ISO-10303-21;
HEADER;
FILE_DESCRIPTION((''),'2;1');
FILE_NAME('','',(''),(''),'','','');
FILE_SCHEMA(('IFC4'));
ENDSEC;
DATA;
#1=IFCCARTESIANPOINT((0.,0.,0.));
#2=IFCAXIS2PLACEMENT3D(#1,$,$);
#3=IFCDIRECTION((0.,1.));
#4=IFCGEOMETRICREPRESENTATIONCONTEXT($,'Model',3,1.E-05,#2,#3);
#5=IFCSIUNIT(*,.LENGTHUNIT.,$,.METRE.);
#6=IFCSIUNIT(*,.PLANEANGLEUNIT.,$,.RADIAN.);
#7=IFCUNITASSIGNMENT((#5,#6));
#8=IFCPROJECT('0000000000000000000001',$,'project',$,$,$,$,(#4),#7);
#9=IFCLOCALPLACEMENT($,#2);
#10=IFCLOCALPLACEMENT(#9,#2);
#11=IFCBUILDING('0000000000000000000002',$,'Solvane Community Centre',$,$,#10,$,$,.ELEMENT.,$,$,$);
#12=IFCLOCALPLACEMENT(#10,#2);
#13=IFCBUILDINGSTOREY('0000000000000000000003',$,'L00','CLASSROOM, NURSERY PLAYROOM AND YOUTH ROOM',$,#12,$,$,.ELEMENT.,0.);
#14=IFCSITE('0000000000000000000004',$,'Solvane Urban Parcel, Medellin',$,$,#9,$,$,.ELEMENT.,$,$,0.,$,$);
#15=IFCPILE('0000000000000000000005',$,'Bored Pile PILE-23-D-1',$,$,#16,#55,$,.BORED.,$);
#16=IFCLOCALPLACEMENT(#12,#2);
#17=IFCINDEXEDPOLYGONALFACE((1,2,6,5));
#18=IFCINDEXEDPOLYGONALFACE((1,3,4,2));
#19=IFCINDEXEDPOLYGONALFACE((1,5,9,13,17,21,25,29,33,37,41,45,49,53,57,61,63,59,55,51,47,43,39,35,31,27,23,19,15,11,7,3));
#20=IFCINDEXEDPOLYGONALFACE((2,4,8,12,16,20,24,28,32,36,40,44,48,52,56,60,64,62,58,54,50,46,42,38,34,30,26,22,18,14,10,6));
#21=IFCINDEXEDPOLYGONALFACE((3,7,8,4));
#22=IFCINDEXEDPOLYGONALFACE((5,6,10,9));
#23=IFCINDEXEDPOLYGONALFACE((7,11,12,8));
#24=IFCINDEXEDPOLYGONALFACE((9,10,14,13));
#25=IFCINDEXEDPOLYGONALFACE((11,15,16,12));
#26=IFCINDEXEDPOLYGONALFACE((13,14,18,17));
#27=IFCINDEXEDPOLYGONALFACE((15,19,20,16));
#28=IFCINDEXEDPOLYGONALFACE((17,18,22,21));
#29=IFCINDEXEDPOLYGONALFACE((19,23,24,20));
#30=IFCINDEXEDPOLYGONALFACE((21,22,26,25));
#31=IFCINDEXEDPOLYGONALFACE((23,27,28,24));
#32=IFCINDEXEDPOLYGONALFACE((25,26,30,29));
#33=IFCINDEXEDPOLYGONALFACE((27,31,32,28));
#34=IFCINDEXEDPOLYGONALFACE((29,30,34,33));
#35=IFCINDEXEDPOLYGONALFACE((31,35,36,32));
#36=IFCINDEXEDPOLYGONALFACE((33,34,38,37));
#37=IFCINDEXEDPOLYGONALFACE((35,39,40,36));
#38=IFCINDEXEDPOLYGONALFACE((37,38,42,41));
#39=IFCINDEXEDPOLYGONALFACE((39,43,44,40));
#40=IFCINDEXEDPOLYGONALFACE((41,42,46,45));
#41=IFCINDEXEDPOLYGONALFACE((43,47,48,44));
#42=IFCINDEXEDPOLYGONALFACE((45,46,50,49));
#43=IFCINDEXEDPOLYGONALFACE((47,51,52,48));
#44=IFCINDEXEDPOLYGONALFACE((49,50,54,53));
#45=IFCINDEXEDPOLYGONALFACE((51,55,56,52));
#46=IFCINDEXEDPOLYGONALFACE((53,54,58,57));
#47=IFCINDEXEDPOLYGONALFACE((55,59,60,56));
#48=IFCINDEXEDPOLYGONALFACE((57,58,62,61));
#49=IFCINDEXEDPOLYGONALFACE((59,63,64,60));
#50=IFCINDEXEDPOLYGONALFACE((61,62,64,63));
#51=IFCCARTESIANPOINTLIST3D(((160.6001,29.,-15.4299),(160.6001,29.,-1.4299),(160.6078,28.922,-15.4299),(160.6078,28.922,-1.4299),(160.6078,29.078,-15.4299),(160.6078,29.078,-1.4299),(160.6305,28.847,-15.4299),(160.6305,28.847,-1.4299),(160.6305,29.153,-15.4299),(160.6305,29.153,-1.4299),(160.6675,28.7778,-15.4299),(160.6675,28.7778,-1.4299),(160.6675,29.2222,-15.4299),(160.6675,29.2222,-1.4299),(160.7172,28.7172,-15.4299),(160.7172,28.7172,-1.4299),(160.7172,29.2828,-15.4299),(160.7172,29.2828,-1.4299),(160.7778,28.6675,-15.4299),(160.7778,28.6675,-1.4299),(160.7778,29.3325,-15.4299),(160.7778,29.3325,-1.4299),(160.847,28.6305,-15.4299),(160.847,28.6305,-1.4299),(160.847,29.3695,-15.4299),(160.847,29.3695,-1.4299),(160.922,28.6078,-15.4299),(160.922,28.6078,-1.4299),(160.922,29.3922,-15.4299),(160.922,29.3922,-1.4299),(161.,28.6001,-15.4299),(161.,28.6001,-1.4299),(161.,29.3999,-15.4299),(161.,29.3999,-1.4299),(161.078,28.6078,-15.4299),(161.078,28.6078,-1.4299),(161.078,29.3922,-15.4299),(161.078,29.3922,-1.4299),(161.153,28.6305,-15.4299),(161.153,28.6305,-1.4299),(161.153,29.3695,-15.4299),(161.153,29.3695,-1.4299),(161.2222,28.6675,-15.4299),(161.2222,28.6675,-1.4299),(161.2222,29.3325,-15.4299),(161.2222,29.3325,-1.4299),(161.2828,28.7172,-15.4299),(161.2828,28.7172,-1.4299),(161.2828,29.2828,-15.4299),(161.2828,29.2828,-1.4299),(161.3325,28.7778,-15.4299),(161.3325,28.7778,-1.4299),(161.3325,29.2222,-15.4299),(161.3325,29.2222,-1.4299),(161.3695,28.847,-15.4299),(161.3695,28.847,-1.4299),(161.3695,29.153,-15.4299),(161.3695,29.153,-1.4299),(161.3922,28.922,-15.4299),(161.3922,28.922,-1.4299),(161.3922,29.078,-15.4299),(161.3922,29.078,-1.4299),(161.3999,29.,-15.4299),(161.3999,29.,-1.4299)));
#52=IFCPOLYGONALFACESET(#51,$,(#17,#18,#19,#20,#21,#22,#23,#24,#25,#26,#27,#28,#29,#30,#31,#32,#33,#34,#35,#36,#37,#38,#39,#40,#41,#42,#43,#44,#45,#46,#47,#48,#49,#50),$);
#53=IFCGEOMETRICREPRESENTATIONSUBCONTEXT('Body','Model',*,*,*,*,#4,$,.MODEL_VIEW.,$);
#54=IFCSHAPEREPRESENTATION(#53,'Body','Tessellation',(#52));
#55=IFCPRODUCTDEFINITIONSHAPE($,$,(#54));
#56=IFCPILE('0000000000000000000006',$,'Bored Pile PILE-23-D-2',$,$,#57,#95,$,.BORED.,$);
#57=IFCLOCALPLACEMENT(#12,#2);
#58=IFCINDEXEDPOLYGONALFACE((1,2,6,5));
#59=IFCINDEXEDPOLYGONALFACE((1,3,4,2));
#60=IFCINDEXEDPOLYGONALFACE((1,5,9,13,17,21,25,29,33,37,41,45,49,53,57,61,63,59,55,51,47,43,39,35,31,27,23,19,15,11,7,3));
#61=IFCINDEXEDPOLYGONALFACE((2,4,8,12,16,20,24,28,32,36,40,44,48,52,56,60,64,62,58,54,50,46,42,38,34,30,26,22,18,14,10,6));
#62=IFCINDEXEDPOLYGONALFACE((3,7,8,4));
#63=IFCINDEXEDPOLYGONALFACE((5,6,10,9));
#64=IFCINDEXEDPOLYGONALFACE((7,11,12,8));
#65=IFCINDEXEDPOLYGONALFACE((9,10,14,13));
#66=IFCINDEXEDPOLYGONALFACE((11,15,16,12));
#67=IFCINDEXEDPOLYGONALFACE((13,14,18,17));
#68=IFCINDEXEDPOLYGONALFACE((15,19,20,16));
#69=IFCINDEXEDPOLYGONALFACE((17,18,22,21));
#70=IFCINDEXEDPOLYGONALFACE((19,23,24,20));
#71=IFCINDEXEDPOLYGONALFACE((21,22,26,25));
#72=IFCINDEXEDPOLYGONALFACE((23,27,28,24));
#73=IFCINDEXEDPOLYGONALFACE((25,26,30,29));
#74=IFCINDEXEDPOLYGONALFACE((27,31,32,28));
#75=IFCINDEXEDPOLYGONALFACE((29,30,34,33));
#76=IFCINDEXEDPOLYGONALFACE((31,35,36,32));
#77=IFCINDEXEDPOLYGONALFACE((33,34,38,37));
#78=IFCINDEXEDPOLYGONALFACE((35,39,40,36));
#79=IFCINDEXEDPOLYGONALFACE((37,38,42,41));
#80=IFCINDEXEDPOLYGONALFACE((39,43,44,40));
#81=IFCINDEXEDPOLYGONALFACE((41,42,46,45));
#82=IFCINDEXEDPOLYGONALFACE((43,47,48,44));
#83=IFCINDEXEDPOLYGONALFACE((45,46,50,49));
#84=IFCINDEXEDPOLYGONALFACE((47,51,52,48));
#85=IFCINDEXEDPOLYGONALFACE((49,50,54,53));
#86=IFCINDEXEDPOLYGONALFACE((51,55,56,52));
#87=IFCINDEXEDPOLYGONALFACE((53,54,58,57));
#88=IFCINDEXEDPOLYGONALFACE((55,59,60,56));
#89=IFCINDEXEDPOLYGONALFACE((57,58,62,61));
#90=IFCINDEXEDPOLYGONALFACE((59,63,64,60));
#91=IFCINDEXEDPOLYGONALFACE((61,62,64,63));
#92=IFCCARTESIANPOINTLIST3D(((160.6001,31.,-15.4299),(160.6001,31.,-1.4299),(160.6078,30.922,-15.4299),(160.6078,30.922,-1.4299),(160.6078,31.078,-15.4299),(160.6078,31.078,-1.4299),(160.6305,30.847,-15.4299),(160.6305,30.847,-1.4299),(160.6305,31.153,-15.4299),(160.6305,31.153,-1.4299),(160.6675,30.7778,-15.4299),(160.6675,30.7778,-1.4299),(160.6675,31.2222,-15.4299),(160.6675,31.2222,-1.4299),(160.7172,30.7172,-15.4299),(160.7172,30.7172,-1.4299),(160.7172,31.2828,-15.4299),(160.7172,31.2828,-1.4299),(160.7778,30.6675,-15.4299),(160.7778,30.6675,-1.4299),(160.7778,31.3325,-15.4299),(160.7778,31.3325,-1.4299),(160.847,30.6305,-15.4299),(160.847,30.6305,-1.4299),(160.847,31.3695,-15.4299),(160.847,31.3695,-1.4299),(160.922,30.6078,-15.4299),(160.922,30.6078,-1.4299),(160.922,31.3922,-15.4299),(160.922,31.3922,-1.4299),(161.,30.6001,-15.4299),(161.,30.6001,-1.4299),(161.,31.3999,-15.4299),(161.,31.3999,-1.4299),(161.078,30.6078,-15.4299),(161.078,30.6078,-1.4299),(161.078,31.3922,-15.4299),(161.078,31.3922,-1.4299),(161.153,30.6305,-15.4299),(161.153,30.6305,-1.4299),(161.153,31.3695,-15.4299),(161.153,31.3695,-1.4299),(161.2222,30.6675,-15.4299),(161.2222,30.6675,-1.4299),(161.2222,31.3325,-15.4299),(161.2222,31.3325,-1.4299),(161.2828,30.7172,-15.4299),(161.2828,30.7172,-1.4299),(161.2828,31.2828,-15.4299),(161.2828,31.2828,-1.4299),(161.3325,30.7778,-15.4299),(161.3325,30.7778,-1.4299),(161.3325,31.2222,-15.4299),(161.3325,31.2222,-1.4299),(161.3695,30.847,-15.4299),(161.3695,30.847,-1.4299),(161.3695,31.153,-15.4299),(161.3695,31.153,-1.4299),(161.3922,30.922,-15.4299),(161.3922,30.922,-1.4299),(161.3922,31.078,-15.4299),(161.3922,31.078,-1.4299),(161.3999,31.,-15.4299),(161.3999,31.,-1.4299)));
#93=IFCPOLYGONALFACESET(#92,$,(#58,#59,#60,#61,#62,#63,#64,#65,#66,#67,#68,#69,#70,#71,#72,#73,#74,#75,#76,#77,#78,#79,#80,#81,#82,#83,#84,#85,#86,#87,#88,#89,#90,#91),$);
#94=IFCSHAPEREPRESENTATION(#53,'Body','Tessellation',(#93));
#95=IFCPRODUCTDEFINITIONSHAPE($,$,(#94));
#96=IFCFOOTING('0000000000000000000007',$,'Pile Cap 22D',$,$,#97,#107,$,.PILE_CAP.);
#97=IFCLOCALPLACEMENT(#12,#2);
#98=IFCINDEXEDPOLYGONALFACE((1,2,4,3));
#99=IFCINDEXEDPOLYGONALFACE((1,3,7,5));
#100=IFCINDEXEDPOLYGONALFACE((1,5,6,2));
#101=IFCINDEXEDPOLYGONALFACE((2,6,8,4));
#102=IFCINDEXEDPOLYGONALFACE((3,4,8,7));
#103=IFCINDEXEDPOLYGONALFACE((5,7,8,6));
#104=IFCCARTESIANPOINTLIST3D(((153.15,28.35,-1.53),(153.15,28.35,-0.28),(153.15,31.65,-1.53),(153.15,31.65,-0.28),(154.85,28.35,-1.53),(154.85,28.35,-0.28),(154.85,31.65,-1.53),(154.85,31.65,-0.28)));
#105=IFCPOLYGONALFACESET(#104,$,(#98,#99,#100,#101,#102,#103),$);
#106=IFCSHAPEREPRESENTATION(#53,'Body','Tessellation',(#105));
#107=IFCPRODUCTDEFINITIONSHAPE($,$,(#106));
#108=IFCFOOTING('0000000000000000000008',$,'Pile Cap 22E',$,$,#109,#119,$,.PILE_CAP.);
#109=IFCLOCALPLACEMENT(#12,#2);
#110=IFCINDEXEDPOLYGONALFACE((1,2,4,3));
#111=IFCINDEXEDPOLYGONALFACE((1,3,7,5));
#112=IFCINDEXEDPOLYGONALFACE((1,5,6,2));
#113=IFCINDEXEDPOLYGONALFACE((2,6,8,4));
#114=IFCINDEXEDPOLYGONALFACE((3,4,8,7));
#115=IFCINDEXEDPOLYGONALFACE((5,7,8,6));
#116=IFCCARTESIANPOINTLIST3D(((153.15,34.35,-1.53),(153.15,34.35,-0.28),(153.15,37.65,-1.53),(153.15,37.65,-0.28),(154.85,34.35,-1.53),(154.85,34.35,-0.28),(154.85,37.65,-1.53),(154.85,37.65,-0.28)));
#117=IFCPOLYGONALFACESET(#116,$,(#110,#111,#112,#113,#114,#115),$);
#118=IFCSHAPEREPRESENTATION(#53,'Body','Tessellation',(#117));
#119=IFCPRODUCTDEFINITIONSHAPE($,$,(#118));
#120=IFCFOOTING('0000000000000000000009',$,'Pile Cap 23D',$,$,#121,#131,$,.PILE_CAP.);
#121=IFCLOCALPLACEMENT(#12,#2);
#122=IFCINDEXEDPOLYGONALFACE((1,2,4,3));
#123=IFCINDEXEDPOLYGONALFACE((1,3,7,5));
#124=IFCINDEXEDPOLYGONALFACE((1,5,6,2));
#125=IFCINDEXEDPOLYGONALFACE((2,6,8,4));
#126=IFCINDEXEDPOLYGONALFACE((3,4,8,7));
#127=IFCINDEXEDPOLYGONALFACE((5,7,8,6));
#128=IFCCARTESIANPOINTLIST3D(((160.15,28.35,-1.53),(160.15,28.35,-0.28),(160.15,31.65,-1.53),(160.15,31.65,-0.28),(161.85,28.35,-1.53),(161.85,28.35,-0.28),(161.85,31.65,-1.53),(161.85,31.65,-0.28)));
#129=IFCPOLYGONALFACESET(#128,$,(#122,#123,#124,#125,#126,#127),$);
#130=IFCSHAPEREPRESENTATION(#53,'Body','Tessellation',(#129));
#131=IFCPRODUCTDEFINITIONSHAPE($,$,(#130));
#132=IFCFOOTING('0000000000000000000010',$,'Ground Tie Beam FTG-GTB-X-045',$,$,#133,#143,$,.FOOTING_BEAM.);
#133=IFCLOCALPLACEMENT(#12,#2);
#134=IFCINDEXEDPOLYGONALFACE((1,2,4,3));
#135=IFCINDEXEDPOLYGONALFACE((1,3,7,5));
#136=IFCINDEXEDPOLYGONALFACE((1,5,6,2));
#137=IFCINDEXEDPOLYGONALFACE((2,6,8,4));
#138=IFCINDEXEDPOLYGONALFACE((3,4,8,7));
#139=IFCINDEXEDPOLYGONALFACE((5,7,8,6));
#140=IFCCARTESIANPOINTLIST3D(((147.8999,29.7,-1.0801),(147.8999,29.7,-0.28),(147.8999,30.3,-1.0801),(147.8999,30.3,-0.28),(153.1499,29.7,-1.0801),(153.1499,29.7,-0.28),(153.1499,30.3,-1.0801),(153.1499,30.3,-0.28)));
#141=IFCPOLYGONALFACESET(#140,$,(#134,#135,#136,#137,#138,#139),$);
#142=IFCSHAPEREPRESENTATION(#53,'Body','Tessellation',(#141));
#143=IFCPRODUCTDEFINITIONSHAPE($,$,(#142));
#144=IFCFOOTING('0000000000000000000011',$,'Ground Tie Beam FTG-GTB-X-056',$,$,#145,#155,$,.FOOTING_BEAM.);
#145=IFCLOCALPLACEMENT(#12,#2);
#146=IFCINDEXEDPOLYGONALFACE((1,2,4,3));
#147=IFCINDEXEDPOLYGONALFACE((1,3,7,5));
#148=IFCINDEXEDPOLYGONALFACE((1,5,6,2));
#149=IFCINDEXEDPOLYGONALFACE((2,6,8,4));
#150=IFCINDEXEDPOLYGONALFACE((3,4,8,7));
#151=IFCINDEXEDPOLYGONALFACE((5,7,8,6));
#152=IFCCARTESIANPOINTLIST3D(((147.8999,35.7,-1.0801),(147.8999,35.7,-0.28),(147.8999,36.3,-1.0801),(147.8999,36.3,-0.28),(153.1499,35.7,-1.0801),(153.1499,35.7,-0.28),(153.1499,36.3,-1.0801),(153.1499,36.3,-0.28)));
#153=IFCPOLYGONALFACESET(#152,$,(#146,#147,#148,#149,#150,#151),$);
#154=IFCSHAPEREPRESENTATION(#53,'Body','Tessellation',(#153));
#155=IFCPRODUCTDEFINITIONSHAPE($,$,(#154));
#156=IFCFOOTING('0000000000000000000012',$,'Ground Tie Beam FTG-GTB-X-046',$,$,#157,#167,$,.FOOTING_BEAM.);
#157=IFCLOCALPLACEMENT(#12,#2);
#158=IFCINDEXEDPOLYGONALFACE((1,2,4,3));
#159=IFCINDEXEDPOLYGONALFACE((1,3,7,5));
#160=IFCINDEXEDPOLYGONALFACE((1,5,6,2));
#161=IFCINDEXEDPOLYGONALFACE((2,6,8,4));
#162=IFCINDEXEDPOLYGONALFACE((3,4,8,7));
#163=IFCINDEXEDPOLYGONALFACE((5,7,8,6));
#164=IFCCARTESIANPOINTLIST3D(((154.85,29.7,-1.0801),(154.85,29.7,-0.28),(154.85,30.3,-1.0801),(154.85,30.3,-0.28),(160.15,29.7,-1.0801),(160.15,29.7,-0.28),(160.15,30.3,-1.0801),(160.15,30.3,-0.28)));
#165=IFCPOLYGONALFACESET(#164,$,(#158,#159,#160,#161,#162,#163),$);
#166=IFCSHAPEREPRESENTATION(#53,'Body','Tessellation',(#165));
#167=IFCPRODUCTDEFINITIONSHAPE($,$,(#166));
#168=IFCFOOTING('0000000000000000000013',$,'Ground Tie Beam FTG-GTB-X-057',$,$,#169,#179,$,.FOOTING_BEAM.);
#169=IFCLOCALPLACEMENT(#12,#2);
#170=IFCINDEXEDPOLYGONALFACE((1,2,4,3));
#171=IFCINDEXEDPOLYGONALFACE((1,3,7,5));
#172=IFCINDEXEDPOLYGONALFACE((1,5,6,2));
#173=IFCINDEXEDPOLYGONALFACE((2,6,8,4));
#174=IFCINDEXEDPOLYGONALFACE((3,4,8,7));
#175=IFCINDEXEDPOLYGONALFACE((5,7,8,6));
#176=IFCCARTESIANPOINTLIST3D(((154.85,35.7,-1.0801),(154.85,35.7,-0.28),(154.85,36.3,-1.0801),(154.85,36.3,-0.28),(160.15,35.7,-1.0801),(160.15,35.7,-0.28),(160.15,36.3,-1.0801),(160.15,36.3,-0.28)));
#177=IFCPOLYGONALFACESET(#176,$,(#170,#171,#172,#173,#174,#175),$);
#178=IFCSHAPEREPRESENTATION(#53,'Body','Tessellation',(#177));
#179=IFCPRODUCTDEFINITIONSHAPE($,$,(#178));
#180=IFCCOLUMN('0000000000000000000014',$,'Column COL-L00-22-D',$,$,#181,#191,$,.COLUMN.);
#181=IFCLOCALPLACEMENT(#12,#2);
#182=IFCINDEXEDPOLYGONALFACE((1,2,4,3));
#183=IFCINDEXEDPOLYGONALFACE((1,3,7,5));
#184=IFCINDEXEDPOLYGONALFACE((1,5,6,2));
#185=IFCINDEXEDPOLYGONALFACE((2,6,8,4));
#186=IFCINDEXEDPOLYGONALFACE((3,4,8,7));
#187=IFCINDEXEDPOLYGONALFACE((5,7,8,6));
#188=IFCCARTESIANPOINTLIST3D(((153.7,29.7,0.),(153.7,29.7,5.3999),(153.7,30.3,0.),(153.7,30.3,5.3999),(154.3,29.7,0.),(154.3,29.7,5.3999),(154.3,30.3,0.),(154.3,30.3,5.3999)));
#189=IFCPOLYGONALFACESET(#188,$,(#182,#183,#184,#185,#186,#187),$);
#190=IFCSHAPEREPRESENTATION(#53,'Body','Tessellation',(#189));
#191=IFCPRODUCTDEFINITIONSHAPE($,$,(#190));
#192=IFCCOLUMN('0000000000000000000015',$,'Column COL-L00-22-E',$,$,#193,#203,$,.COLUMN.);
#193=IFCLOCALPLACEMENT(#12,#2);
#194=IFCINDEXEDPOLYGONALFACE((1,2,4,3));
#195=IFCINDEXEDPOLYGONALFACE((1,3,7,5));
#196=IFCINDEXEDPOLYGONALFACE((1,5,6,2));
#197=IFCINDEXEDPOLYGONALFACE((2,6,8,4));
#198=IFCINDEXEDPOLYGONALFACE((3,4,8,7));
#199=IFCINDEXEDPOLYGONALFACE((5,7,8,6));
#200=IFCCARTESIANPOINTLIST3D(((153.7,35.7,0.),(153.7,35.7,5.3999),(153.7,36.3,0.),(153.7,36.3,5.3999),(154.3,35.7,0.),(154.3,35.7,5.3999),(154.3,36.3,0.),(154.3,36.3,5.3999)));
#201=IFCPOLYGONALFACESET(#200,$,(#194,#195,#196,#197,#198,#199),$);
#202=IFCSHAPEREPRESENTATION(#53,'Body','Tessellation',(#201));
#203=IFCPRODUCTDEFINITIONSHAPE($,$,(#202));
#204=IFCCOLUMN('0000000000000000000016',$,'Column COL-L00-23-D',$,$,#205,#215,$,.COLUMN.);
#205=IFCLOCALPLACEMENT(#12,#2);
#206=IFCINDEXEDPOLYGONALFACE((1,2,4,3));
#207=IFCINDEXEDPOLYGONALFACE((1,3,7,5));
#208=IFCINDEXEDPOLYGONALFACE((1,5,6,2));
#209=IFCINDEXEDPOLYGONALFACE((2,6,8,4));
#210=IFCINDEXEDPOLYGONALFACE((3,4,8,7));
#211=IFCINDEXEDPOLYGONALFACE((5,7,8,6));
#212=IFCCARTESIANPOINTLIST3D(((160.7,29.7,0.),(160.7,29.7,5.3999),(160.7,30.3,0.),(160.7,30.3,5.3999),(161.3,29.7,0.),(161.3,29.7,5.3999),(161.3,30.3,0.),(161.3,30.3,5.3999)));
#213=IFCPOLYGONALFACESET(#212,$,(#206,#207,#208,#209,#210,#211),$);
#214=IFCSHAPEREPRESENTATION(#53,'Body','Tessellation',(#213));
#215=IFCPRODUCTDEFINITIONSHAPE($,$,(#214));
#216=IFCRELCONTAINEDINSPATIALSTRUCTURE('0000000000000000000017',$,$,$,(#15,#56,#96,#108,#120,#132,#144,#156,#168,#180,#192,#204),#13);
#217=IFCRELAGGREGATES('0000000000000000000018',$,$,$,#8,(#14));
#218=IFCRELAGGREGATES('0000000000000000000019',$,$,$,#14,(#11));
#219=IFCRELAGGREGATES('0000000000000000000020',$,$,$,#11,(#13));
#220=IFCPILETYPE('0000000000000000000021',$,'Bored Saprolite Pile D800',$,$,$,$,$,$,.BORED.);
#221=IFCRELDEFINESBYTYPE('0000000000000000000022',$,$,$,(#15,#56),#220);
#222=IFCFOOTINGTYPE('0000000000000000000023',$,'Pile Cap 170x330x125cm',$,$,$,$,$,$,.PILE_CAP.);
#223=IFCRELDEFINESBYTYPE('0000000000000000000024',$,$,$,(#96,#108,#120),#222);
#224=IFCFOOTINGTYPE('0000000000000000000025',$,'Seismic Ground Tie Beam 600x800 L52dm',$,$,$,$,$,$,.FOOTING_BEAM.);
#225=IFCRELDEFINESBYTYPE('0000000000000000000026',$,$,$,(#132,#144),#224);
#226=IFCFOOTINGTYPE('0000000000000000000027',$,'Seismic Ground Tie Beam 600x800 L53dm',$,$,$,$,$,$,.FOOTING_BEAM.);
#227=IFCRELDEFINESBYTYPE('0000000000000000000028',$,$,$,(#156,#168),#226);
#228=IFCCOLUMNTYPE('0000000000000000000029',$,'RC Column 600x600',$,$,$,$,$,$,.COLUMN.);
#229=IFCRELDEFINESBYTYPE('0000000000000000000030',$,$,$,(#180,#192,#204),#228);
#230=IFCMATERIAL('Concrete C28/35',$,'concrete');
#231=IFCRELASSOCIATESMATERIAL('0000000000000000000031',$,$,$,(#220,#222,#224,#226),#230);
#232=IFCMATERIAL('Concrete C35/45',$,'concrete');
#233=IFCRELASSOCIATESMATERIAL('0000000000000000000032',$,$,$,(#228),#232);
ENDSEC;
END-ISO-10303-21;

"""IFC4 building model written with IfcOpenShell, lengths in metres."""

from ifc_helpers import new_model, si_unit, direction, frame, origin, origin_2d, place, context, subcontext, project, spatial, rectangle, circle, extrude, material, material_profile, profile_set, type_object, element, save


model = new_model("IFC4")

# Units and contexts
model_context = context("Model", 3, precision=1e-05, world=origin(), true_north=direction((0.0, 1.0)))
body_context = subcontext(model_context, "Body", "Model", "MODEL_VIEW")
ifc_project = project(units=[si_unit("LENGTHUNIT", "METRE"), si_unit("PLANEANGLEUNIT", "RADIAN")], contexts=[model_context])

# Site, building, storey
site_placement = place(None, origin())
site = spatial("IfcSite", under=ifc_project, at=site_placement, Name="Solvane Urban Parcel, Medellin", CompositionType="ELEMENT", RefElevation=0.0)
building_placement = place(site_placement, origin())
building = spatial("IfcBuilding", under=site, at=building_placement, Name="Solvane Community Centre", CompositionType="ELEMENT")
storey_placement = place(building_placement, origin())
storey = spatial("IfcBuildingStorey", under=building, at=storey_placement, Name="L00", Description="CLASSROOM, NURSERY PLAYROOM AND YOUTH ROOM", CompositionType="ELEMENT", Elevation=0.0)

# Piles
ifc_material_1 = material(Name="Concrete C28/35", Category="concrete")
ifc_material_profile_1 = material_profile(ifc_material_1, circle(Radius=0.3999, at=origin_2d()), Name="PILE D800")
ifc_profile_set_1 = profile_set([ifc_material_profile_1], Name="Concrete C28/35")
pile_type = type_object("IfcPileType", Name="Bored Saprolite Pile D800", PredefinedType="BORED", material=ifc_profile_set_1)
for number, where, z_axis, x_axis, name in (
    (1, (161.0, 29.0, -1.4299), (0.0, 0.0, -1.0), (1.0, 0.0, 0.0), "Bored Pile PILE-23-D-1"),
    (2, (161.0, 31.0, -1.4299), (0.0, 0.0, -1.0), (1.0, 0.0, 0.0), "Bored Pile PILE-23-D-2"),
):
    element("IfcPile", number, at=place(storey_placement, frame(where, z_axis=z_axis, x_axis=x_axis)), inside=storey, type_object=pile_type, Name=name, PredefinedType="BORED", context=body_context, shape_type="SweptSolid", body=[
        extrude(circle(Radius=0.3999, at=origin_2d()), origin(), (0.0, 0.0, 1.0), 14.0),
    ])

# Footings
footing_type_1 = type_object("IfcFootingType", Name="Pile Cap 170x330x125cm", PredefinedType="PILE_CAP", material=ifc_material_1)
for number, where, z_axis, x_axis, name in (
    (3, (154.0, 30.0, -1.53), (0.0, 0.0, 1.0), (1.0, 0.0, 0.0), "Pile Cap 22D"),
    (4, (154.0, 36.0, -1.53), (0.0, 0.0, 1.0), (1.0, 0.0, 0.0), "Pile Cap 22E"),
    (5, (161.0, 30.0, -1.53), (0.0, 0.0, 1.0), (1.0, 0.0, 0.0), "Pile Cap 23D"),
):
    element("IfcFooting", number, at=place(storey_placement, frame(where, z_axis=z_axis, x_axis=x_axis)), inside=storey, type_object=footing_type_1, Name=name, PredefinedType="PILE_CAP", context=body_context, shape_type="SweptSolid", body=[
        extrude(rectangle(XDim=1.7, YDim=3.3, at=origin_2d()), origin(), (0.0, 0.0, 1.0), 1.25),
    ])
footing_type_2 = type_object("IfcFootingType", Name="Seismic Ground Tie Beam 600x800 L52dm", PredefinedType="FOOTING_BEAM", material=ifc_material_1)
for number, where, z_axis, x_axis, name in (
    (6, (150.5249, 30.0, -1.0801), (0.0, 0.0, 1.0), (1.0, 0.0, 0.0), "Ground Tie Beam FTG-GTB-X-045"),
    (7, (150.5249, 36.0, -1.0801), (0.0, 0.0, 1.0), (1.0, 0.0, 0.0), "Ground Tie Beam FTG-GTB-X-056"),
):
    element("IfcFooting", number, at=place(storey_placement, frame(where, z_axis=z_axis, x_axis=x_axis)), inside=storey, type_object=footing_type_2, Name=name, PredefinedType="FOOTING_BEAM", context=body_context, shape_type="SweptSolid", body=[
        extrude(rectangle(XDim=5.25, YDim=0.6001, at=origin_2d()), origin(), (0.0, 0.0, 1.0), 0.8),
    ])
footing_type_3 = type_object("IfcFootingType", Name="Seismic Ground Tie Beam 600x800 L53dm", PredefinedType="FOOTING_BEAM", material=ifc_material_1)
for number, where, z_axis, x_axis, name in (
    (8, (157.5, 30.0, -1.0801), (0.0, 0.0, 1.0), (1.0, 0.0, 0.0), "Ground Tie Beam FTG-GTB-X-046"),
    (9, (157.5, 36.0, -1.0801), (0.0, 0.0, 1.0), (1.0, 0.0, 0.0), "Ground Tie Beam FTG-GTB-X-057"),
):
    element("IfcFooting", number, at=place(storey_placement, frame(where, z_axis=z_axis, x_axis=x_axis)), inside=storey, type_object=footing_type_3, Name=name, PredefinedType="FOOTING_BEAM", context=body_context, shape_type="SweptSolid", body=[
        extrude(rectangle(XDim=5.3, YDim=0.6001, at=origin_2d()), origin(), (0.0, 0.0, 1.0), 0.8),
    ])

# Columns
ifc_material_2 = material(Name="Concrete C35/45", Category="concrete")
ifc_material_profile_2 = material_profile(ifc_material_2, rectangle(XDim=0.6001, YDim=0.6001, at=origin_2d()), Name="RC 600x600")
ifc_profile_set_2 = profile_set([ifc_material_profile_2], Name="Concrete C35/45")
column_type = type_object("IfcColumnType", Name="RC Column 600x600", PredefinedType="COLUMN", material=ifc_profile_set_2)
for number, where, z_axis, x_axis, name in (
    (10, (154.0, 30.0, 0.0), (0.0, 0.0, 1.0), (1.0, 0.0, 0.0), "Column COL-L00-22-D"),
    (11, (154.0, 36.0, 0.0), (0.0, 0.0, 1.0), (1.0, 0.0, 0.0), "Column COL-L00-22-E"),
    (12, (161.0, 30.0, 0.0), (0.0, 0.0, 1.0), (1.0, 0.0, 0.0), "Column COL-L00-23-D"),
):
    element("IfcColumn", number, at=place(storey_placement, frame(where, z_axis=z_axis, x_axis=x_axis)), inside=storey, type_object=column_type, Name=name, PredefinedType="COLUMN", context=body_context, shape_type="SweptSolid", body=[
        extrude(rectangle(XDim=0.6001, YDim=0.6001, at=origin_2d()), origin(), (0.0, 0.0, 1.0), 5.3999),
    ])

save(model, "model.ifc")
